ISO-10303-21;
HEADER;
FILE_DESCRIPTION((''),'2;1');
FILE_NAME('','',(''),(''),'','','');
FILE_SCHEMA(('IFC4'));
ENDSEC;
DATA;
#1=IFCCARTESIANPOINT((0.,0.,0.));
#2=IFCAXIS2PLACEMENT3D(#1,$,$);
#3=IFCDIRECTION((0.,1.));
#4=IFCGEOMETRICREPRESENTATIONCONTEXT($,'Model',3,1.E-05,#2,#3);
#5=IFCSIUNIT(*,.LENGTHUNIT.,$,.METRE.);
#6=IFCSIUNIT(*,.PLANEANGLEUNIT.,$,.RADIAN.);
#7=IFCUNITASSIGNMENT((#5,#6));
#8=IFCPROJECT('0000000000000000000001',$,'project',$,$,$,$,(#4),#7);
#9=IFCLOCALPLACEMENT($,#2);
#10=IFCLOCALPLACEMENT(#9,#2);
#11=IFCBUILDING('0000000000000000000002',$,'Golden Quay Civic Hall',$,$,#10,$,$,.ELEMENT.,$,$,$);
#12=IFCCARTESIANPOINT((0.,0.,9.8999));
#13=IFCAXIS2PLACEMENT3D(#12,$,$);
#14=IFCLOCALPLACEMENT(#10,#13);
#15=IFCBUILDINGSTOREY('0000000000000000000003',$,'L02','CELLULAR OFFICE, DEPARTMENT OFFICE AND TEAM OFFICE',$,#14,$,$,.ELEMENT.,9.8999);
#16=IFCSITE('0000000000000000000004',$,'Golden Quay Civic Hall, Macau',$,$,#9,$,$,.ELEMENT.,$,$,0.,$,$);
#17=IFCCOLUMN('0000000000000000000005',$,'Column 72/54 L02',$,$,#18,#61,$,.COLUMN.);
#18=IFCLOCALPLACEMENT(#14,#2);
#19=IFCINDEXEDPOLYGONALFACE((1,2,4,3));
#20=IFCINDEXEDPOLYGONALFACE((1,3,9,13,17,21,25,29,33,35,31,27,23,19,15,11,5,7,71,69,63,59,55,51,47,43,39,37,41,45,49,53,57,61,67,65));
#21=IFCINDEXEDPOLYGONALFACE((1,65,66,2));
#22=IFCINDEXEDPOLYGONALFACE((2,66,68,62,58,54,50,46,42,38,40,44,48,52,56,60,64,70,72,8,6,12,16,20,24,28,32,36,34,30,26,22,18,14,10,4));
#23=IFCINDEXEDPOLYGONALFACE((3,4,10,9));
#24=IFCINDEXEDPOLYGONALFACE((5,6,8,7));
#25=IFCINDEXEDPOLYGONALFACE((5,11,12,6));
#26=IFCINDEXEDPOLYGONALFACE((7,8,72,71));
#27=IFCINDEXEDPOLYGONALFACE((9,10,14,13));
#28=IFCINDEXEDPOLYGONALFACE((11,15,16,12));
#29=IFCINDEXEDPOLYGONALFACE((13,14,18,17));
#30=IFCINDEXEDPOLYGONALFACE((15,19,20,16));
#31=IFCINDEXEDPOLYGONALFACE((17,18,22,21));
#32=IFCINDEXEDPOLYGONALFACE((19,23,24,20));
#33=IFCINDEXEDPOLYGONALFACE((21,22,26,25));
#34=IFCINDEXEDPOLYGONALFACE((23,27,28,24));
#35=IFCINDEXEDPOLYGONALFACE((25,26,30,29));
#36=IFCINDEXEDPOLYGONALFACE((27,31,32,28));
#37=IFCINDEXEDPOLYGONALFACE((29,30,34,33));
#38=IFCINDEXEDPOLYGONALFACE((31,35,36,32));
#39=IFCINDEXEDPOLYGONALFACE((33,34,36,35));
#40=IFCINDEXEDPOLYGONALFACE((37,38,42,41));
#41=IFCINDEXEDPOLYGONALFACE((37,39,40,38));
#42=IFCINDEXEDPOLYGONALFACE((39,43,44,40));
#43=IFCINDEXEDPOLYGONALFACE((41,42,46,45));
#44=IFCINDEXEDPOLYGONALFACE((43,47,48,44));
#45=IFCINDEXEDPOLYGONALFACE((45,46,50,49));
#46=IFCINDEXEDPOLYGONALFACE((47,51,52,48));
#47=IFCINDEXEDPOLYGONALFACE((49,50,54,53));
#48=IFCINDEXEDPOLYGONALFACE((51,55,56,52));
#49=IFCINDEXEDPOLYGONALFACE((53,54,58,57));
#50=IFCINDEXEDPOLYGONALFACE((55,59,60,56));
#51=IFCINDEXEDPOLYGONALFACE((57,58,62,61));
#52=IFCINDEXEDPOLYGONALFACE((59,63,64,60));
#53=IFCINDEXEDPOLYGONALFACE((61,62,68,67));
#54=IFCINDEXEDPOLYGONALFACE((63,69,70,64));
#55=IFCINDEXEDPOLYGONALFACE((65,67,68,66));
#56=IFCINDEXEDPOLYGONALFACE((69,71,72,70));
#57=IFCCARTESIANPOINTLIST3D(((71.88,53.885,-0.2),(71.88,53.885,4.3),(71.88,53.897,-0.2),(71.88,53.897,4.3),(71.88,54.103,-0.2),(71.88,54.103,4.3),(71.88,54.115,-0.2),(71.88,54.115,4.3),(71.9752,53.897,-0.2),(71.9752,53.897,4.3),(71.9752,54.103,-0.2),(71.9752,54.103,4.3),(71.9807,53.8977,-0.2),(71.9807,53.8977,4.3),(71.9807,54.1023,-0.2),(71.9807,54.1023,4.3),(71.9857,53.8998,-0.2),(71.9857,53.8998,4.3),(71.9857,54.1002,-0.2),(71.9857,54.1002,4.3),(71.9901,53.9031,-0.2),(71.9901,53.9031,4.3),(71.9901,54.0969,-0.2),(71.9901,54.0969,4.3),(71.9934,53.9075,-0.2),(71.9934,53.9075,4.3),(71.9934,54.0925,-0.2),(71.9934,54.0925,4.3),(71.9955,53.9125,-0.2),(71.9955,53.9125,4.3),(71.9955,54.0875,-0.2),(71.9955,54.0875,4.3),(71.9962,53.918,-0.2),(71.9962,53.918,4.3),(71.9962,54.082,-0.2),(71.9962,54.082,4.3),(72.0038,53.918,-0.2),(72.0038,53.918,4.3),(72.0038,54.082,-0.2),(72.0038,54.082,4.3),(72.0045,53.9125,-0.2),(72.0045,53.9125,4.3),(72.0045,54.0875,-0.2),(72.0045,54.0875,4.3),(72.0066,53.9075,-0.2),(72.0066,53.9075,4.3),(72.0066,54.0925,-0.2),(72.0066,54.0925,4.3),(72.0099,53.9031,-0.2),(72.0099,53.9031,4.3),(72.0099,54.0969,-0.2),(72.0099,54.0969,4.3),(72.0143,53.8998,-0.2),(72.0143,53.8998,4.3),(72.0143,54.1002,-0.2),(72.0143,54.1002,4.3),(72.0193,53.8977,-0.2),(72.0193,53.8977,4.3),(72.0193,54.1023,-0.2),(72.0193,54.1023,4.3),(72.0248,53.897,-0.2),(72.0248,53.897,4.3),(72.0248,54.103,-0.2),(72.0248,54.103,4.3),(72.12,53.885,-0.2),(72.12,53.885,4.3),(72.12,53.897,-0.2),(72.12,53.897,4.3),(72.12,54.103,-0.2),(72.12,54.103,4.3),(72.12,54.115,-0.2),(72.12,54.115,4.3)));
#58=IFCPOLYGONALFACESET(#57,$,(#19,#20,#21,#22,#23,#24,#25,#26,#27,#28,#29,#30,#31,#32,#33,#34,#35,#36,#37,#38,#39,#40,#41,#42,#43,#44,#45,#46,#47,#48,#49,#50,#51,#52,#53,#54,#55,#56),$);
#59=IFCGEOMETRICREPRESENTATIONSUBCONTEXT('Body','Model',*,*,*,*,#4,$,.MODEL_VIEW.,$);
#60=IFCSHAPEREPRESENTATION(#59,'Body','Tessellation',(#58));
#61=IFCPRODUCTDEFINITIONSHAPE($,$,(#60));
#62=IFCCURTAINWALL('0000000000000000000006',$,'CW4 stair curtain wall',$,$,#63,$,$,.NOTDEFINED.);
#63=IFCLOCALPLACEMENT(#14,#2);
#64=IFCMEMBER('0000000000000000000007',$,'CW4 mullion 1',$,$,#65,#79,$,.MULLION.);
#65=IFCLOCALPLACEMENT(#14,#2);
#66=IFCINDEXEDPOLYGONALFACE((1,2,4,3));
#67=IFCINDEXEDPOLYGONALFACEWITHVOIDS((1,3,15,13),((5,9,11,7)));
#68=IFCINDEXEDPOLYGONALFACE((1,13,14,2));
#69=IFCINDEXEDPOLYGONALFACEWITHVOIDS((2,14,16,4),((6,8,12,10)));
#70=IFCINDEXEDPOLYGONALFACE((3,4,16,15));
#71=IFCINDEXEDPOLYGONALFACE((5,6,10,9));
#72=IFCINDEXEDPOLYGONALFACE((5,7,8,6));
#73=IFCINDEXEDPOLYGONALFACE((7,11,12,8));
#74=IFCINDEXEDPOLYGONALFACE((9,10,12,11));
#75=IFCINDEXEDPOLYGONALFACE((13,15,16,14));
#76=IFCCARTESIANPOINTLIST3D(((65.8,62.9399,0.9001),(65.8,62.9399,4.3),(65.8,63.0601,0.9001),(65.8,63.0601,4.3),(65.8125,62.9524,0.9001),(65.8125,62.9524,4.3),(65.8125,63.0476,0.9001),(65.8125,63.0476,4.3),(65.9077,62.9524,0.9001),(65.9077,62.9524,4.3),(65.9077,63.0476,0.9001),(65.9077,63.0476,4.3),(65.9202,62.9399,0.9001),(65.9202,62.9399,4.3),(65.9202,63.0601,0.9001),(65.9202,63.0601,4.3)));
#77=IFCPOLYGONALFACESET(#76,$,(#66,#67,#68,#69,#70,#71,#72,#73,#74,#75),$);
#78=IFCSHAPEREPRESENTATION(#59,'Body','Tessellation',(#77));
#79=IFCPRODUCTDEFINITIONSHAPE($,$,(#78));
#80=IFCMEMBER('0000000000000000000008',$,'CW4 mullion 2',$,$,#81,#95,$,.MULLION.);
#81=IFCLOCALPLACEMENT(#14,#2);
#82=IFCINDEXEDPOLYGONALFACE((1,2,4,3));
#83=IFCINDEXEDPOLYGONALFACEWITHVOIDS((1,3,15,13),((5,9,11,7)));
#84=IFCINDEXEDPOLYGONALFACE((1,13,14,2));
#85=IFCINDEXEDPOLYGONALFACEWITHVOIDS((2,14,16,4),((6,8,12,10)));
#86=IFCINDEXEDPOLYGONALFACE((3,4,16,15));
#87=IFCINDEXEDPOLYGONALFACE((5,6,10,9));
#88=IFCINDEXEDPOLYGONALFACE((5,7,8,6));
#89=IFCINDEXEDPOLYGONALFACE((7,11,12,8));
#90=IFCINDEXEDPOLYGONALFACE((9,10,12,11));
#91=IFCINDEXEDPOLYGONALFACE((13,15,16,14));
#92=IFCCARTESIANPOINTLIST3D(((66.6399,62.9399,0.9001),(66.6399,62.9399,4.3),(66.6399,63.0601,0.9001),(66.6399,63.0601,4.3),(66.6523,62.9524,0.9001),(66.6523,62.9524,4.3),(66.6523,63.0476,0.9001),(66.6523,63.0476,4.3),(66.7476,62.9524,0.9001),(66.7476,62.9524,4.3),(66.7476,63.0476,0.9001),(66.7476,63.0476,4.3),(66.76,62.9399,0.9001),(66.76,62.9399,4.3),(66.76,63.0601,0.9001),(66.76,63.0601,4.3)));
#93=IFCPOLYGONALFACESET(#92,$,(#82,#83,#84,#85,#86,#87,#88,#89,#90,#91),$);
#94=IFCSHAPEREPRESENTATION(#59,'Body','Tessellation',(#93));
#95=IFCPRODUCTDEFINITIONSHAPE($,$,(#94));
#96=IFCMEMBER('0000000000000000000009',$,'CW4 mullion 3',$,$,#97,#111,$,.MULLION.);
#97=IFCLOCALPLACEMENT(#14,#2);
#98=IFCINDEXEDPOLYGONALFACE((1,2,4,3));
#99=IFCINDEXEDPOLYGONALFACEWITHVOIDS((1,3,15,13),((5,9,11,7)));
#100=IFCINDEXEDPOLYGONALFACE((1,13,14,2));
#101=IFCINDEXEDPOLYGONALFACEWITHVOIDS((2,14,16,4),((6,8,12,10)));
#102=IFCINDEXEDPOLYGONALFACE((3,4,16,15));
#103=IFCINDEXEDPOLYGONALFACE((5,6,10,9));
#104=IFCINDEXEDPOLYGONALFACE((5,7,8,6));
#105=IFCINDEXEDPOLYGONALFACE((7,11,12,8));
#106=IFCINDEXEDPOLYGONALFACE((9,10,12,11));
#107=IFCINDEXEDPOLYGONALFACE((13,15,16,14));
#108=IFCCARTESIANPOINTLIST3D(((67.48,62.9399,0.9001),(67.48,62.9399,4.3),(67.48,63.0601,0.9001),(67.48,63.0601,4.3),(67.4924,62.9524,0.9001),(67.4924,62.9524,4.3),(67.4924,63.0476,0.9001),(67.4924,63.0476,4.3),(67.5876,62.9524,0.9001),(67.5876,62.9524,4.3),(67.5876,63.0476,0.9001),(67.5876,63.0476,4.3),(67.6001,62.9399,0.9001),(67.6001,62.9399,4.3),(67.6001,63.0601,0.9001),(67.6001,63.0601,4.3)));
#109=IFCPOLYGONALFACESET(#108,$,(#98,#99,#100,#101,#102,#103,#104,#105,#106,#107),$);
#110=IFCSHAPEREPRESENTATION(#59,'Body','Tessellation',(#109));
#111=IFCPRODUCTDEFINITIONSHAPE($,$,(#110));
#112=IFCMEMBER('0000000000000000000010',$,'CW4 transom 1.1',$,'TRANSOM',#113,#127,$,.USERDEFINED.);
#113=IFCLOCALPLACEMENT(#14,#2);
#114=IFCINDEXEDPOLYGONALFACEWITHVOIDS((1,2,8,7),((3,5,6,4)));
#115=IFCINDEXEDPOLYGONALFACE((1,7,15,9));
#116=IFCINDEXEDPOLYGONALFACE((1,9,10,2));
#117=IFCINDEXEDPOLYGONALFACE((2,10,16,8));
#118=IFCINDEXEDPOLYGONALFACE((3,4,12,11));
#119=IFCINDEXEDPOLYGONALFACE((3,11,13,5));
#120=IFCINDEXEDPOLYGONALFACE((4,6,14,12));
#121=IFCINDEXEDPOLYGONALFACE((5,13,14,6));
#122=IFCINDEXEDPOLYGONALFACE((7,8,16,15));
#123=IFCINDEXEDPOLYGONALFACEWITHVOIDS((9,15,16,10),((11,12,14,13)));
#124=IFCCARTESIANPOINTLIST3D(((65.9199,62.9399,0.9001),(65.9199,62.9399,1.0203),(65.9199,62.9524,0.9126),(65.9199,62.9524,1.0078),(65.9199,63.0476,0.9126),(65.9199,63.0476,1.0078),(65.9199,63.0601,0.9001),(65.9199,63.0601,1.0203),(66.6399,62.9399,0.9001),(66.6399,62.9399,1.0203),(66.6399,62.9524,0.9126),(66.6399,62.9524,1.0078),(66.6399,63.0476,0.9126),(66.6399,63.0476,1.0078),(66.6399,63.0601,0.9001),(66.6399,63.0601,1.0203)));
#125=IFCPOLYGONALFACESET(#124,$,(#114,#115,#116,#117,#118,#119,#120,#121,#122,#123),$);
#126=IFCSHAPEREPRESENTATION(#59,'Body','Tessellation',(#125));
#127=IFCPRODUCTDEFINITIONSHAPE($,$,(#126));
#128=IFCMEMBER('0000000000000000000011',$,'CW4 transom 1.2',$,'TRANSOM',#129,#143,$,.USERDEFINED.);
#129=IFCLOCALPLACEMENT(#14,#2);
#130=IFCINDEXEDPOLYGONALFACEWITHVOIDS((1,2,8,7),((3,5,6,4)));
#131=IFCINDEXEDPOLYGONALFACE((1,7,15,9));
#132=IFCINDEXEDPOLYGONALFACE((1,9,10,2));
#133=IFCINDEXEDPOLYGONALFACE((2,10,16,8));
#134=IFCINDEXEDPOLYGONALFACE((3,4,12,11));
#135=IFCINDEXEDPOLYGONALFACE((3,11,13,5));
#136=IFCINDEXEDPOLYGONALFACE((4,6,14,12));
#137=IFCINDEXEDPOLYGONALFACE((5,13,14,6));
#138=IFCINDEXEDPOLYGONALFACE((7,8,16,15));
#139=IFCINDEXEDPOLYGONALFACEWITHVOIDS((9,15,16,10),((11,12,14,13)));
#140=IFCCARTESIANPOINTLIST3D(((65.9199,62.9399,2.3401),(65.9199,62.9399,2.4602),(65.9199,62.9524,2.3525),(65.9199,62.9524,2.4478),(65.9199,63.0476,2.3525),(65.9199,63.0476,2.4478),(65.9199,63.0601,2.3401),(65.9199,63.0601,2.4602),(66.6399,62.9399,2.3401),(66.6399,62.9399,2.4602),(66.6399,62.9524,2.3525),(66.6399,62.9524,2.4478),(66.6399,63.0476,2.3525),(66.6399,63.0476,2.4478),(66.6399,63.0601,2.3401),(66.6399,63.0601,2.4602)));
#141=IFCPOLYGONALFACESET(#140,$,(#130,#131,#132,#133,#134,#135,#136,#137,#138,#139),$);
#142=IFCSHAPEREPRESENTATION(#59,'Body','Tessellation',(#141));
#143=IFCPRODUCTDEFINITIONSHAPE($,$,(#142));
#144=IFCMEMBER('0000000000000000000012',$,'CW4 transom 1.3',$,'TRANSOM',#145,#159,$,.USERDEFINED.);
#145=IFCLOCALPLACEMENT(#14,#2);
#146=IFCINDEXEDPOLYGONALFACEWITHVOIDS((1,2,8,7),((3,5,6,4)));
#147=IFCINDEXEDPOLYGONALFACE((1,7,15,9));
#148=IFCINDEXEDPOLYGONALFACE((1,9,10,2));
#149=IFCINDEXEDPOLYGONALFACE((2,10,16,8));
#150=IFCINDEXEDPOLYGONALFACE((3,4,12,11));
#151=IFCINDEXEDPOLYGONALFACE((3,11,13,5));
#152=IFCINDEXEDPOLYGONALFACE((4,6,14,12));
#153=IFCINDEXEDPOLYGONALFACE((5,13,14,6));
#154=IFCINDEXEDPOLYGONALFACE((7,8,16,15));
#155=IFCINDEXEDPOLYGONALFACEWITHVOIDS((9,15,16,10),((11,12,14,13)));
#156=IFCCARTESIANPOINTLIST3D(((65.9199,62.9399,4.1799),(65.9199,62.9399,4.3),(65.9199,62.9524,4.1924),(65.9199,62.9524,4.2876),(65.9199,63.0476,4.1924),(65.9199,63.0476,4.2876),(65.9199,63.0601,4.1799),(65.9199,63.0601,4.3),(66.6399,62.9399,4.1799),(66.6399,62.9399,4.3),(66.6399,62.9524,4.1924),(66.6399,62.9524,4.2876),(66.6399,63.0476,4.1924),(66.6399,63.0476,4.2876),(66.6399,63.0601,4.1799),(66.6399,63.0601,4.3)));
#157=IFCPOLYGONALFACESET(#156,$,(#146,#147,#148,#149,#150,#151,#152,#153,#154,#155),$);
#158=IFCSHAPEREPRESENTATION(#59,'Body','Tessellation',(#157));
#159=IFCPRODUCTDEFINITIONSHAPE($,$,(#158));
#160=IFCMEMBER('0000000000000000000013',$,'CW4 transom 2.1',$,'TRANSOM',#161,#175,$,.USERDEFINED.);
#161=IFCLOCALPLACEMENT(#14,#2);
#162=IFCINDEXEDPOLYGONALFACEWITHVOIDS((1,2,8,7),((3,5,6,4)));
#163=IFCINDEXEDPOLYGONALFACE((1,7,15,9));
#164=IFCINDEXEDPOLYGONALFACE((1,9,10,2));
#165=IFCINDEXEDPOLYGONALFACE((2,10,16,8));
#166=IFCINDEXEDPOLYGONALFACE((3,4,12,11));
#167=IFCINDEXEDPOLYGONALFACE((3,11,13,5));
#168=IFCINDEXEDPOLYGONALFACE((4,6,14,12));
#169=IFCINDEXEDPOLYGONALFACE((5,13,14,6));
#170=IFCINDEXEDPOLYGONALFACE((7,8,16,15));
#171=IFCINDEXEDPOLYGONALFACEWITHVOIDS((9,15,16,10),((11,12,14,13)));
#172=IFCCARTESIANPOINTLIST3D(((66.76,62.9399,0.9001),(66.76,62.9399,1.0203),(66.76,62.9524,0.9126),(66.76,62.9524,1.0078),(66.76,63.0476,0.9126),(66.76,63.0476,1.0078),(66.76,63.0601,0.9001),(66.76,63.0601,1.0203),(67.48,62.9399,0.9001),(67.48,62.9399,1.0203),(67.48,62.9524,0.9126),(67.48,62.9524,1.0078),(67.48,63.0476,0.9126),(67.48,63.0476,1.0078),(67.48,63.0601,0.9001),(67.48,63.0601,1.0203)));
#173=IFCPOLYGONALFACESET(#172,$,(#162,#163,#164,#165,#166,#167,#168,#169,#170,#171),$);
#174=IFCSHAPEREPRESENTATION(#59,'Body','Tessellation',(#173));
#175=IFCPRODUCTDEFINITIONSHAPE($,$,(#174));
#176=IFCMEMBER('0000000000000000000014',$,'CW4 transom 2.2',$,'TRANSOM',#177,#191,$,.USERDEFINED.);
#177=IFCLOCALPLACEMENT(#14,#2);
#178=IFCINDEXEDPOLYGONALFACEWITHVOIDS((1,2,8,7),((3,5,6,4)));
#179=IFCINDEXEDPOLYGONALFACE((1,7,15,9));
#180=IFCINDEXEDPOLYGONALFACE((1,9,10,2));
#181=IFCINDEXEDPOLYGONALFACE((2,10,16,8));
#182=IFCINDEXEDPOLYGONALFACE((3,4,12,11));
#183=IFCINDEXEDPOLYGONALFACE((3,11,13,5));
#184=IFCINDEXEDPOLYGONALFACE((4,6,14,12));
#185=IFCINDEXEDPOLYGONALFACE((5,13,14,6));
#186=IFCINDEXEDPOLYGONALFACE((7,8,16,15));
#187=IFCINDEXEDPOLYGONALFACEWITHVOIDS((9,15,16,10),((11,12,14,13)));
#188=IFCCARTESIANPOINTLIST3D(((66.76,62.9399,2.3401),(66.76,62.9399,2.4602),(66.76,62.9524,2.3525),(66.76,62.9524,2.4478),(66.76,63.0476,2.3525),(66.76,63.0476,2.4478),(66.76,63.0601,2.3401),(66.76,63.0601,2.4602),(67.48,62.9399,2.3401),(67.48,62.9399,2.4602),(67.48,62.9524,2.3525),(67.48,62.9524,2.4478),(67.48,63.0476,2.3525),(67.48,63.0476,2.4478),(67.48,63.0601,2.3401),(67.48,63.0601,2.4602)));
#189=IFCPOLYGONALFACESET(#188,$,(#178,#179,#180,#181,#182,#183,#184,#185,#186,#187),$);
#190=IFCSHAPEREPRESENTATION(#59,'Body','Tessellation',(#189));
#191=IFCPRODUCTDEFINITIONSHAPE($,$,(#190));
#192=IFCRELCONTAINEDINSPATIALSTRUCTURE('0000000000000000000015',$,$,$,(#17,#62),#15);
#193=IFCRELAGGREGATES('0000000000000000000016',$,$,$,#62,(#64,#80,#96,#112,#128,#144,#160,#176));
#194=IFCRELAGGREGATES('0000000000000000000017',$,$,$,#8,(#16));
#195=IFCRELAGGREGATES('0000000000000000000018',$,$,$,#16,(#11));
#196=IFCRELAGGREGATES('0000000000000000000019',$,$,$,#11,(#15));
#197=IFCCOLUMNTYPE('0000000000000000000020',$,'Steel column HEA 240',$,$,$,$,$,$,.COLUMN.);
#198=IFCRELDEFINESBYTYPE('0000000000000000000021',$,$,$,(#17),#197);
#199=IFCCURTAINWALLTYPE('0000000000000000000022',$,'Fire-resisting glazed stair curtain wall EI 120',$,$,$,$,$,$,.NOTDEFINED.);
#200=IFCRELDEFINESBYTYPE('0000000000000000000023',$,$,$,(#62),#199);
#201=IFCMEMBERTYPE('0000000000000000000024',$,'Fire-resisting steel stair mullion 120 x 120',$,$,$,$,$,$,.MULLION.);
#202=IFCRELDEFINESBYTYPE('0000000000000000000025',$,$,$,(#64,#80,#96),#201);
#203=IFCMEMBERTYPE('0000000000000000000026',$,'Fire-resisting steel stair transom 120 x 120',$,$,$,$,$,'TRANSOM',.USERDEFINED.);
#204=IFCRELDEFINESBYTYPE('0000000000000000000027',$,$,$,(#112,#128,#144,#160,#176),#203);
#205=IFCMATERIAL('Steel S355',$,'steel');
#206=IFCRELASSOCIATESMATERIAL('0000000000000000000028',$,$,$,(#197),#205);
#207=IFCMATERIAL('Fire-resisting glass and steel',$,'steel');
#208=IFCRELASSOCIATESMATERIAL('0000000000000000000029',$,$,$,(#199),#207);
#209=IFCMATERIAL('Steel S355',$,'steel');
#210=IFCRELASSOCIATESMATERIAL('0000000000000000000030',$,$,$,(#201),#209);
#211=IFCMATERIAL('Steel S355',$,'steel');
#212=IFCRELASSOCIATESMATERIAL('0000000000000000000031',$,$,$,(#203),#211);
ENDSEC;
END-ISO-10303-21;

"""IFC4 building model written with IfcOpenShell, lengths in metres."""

from ifc_helpers import new_model, si_unit, direction, frame, origin, origin_2d, place, context, subcontext, project, spatial, hollow_rectangle, i_section, extrude, material, material_profile, profile_set, type_object, element, aggregate, save


model = new_model("IFC4")

# Units and contexts
model_context = context("Model", 3, precision=1e-05, world=origin(), true_north=direction((0.0, 1.0)))
body_context = subcontext(model_context, "Body", "Model", "MODEL_VIEW")
ifc_project = project(units=[si_unit("LENGTHUNIT", "METRE"), si_unit("PLANEANGLEUNIT", "RADIAN")], contexts=[model_context])

# Site, building, storey
site_placement = place(None, origin())
site = spatial("IfcSite", under=ifc_project, at=site_placement, Name="Golden Quay Civic Hall, Macau", CompositionType="ELEMENT", RefElevation=0.0)
building_placement = place(site_placement, origin())
building = spatial("IfcBuilding", under=site, at=building_placement, Name="Golden Quay Civic Hall", CompositionType="ELEMENT")
storey_placement = place(building_placement, frame((0.0, 0.0, 9.8999)))
storey = spatial("IfcBuildingStorey", under=building, at=storey_placement, Name="L02", Description="CELLULAR OFFICE, DEPARTMENT OFFICE AND TEAM OFFICE", CompositionType="ELEMENT", Elevation=9.8999)

# Column
ifc_material_1 = material(Name="Steel S355", Category="steel")
ifc_material_profile_1 = material_profile(ifc_material_1, i_section(OverallWidth=0.24, OverallDepth=0.23, WebThickness=0.0076, FlangeThickness=0.012, FilletRadius=0.021, at=origin_2d()), Name="HEA 240")
ifc_profile_set_1 = profile_set([ifc_material_profile_1], Name="Steel S355")
column_type = type_object("IfcColumnType", Name="Steel column HEA 240", PredefinedType="COLUMN", material=ifc_profile_set_1)
column_placement = place(storey_placement, frame((72.0, 54.0, -0.2), z_axis=(0.0, 0.0, 1.0), x_axis=(1.0, 0.0, 0.0)))
element("IfcColumn", 1, at=column_placement, inside=storey, type_object=column_type, Name="Column 72/54 L02", PredefinedType="COLUMN", context=body_context, shape_type="SweptSolid", body=[
    extrude(i_section(OverallWidth=0.24, OverallDepth=0.23, WebThickness=0.0076, FlangeThickness=0.012, FilletRadius=0.021, at=origin_2d()), origin(), (0.0, 0.0, 1.0), 4.5),
])

# Curtain wall, members
ifc_material_2 = material(Name="Fire-resisting glass and steel", Category="steel")
curtain_wall_type = type_object("IfcCurtainWallType", Name="Fire-resisting glazed stair curtain wall EI 120", PredefinedType="NOTDEFINED", material=ifc_material_2)
curtain_wall_placement = place(storey_placement, origin())
curtain_wall = element("IfcCurtainWall", 2, at=curtain_wall_placement, inside=storey, type_object=curtain_wall_type, Name="CW4 stair curtain wall", PredefinedType="NOTDEFINED")
ifc_material_3 = material(Name="Steel S355", Category="steel")
ifc_material_profile_2 = material_profile(ifc_material_3, hollow_rectangle(XDim=0.1201, YDim=0.1201, WallThickness=0.0125, at=origin_2d()), Name="SHS 120x120x12.5")
ifc_profile_set_2 = profile_set([ifc_material_profile_2], Name="Steel S355")
member_type_1 = type_object("IfcMemberType", Name="Fire-resisting steel stair mullion 120 x 120", PredefinedType="MULLION", material=ifc_profile_set_2)
member_1_placement = place(storey_placement, frame((65.8601, 63.0, 0.9001), z_axis=(0.0, 0.0, 1.0), x_axis=(0.0, 1.0, 0.0)))
member_1 = element("IfcMember", 3, at=member_1_placement, type_object=member_type_1, Name="CW4 mullion 1", PredefinedType="MULLION", context=body_context, shape_type="SweptSolid", body=[
    extrude(hollow_rectangle(XDim=0.1201, YDim=0.1201, WallThickness=0.0125, at=origin_2d()), origin(), (0.0, 0.0, 1.0), 3.3999),
])
member_2_placement = place(storey_placement, frame((66.7, 63.0, 0.9001), z_axis=(0.0, 0.0, 1.0), x_axis=(0.0, 1.0, 0.0)))
member_2 = element("IfcMember", 4, at=member_2_placement, type_object=member_type_1, Name="CW4 mullion 2", PredefinedType="MULLION", context=body_context, shape_type="SweptSolid", body=[
    extrude(hollow_rectangle(XDim=0.1201, YDim=0.1201, WallThickness=0.0125, at=origin_2d()), origin(), (0.0, 0.0, 1.0), 3.3999),
])
member_3_placement = place(storey_placement, frame((67.54, 63.0, 0.9001), z_axis=(0.0, 0.0, 1.0), x_axis=(0.0, 1.0, 0.0)))
member_3 = element("IfcMember", 5, at=member_3_placement, type_object=member_type_1, Name="CW4 mullion 3", PredefinedType="MULLION", context=body_context, shape_type="SweptSolid", body=[
    extrude(hollow_rectangle(XDim=0.1201, YDim=0.1201, WallThickness=0.0125, at=origin_2d()), origin(), (0.0, 0.0, 1.0), 3.3999),
])
ifc_material_4 = material(Name="Steel S355", Category="steel")
ifc_material_profile_3 = material_profile(ifc_material_4, hollow_rectangle(XDim=0.1201, YDim=0.1201, WallThickness=0.0125, at=origin_2d()), Name="SHS 120x120x12.5")
ifc_profile_set_3 = profile_set([ifc_material_profile_3], Name="Steel S355")
member_type_2 = type_object("IfcMemberType", Name="Fire-resisting steel stair transom 120 x 120", ElementType="TRANSOM", PredefinedType="USERDEFINED", material=ifc_profile_set_3)
member_4_placement = place(storey_placement, frame((65.9199, 63.0, 0.9602), z_axis=(1.0, 0.0, 0.0), x_axis=(0.0, 1.0, 0.0)))
member_4 = element("IfcMember", 6, at=member_4_placement, type_object=member_type_2, Name="CW4 transom 1.1", ObjectType="TRANSOM", PredefinedType="USERDEFINED", context=body_context, shape_type="SweptSolid", body=[
    extrude(hollow_rectangle(XDim=0.1201, YDim=0.1201, WallThickness=0.0125, at=origin_2d()), origin(), (0.0, 0.0, 1.0), 0.72),
])
member_5_placement = place(storey_placement, frame((65.9199, 63.0, 2.4001), z_axis=(1.0, 0.0, 0.0), x_axis=(0.0, 1.0, 0.0)))
member_5 = element("IfcMember", 7, at=member_5_placement, type_object=member_type_2, Name="CW4 transom 1.2", ObjectType="TRANSOM", PredefinedType="USERDEFINED", context=body_context, shape_type="SweptSolid", body=[
    extrude(hollow_rectangle(XDim=0.1201, YDim=0.1201, WallThickness=0.0125, at=origin_2d()), origin(), (0.0, 0.0, 1.0), 0.72),
])
member_6_placement = place(storey_placement, frame((65.9199, 63.0, 4.24), z_axis=(1.0, 0.0, 0.0), x_axis=(0.0, 1.0, 0.0)))
member_6 = element("IfcMember", 8, at=member_6_placement, type_object=member_type_2, Name="CW4 transom 1.3", ObjectType="TRANSOM", PredefinedType="USERDEFINED", context=body_context, shape_type="SweptSolid", body=[
    extrude(hollow_rectangle(XDim=0.1201, YDim=0.1201, WallThickness=0.0125, at=origin_2d()), origin(), (0.0, 0.0, 1.0), 0.72),
])
member_7_placement = place(storey_placement, frame((66.76, 63.0, 0.9602), z_axis=(1.0, 0.0, 0.0), x_axis=(0.0, 1.0, 0.0)))
member_7 = element("IfcMember", 9, at=member_7_placement, type_object=member_type_2, Name="CW4 transom 2.1", ObjectType="TRANSOM", PredefinedType="USERDEFINED", context=body_context, shape_type="SweptSolid", body=[
    extrude(hollow_rectangle(XDim=0.1201, YDim=0.1201, WallThickness=0.0125, at=origin_2d()), origin(), (0.0, 0.0, 1.0), 0.72),
])
member_8_placement = place(storey_placement, frame((66.76, 63.0, 2.4001), z_axis=(1.0, 0.0, 0.0), x_axis=(0.0, 1.0, 0.0)))
member_8 = element("IfcMember", 10, at=member_8_placement, type_object=member_type_2, Name="CW4 transom 2.2", ObjectType="TRANSOM", PredefinedType="USERDEFINED", context=body_context, shape_type="SweptSolid", body=[
    extrude(hollow_rectangle(XDim=0.1201, YDim=0.1201, WallThickness=0.0125, at=origin_2d()), origin(), (0.0, 0.0, 1.0), 0.72),
])

aggregate(curtain_wall, [member_1, member_2, member_3, member_4, member_5, member_6, member_7, member_8])

save(model, "model.ifc")
